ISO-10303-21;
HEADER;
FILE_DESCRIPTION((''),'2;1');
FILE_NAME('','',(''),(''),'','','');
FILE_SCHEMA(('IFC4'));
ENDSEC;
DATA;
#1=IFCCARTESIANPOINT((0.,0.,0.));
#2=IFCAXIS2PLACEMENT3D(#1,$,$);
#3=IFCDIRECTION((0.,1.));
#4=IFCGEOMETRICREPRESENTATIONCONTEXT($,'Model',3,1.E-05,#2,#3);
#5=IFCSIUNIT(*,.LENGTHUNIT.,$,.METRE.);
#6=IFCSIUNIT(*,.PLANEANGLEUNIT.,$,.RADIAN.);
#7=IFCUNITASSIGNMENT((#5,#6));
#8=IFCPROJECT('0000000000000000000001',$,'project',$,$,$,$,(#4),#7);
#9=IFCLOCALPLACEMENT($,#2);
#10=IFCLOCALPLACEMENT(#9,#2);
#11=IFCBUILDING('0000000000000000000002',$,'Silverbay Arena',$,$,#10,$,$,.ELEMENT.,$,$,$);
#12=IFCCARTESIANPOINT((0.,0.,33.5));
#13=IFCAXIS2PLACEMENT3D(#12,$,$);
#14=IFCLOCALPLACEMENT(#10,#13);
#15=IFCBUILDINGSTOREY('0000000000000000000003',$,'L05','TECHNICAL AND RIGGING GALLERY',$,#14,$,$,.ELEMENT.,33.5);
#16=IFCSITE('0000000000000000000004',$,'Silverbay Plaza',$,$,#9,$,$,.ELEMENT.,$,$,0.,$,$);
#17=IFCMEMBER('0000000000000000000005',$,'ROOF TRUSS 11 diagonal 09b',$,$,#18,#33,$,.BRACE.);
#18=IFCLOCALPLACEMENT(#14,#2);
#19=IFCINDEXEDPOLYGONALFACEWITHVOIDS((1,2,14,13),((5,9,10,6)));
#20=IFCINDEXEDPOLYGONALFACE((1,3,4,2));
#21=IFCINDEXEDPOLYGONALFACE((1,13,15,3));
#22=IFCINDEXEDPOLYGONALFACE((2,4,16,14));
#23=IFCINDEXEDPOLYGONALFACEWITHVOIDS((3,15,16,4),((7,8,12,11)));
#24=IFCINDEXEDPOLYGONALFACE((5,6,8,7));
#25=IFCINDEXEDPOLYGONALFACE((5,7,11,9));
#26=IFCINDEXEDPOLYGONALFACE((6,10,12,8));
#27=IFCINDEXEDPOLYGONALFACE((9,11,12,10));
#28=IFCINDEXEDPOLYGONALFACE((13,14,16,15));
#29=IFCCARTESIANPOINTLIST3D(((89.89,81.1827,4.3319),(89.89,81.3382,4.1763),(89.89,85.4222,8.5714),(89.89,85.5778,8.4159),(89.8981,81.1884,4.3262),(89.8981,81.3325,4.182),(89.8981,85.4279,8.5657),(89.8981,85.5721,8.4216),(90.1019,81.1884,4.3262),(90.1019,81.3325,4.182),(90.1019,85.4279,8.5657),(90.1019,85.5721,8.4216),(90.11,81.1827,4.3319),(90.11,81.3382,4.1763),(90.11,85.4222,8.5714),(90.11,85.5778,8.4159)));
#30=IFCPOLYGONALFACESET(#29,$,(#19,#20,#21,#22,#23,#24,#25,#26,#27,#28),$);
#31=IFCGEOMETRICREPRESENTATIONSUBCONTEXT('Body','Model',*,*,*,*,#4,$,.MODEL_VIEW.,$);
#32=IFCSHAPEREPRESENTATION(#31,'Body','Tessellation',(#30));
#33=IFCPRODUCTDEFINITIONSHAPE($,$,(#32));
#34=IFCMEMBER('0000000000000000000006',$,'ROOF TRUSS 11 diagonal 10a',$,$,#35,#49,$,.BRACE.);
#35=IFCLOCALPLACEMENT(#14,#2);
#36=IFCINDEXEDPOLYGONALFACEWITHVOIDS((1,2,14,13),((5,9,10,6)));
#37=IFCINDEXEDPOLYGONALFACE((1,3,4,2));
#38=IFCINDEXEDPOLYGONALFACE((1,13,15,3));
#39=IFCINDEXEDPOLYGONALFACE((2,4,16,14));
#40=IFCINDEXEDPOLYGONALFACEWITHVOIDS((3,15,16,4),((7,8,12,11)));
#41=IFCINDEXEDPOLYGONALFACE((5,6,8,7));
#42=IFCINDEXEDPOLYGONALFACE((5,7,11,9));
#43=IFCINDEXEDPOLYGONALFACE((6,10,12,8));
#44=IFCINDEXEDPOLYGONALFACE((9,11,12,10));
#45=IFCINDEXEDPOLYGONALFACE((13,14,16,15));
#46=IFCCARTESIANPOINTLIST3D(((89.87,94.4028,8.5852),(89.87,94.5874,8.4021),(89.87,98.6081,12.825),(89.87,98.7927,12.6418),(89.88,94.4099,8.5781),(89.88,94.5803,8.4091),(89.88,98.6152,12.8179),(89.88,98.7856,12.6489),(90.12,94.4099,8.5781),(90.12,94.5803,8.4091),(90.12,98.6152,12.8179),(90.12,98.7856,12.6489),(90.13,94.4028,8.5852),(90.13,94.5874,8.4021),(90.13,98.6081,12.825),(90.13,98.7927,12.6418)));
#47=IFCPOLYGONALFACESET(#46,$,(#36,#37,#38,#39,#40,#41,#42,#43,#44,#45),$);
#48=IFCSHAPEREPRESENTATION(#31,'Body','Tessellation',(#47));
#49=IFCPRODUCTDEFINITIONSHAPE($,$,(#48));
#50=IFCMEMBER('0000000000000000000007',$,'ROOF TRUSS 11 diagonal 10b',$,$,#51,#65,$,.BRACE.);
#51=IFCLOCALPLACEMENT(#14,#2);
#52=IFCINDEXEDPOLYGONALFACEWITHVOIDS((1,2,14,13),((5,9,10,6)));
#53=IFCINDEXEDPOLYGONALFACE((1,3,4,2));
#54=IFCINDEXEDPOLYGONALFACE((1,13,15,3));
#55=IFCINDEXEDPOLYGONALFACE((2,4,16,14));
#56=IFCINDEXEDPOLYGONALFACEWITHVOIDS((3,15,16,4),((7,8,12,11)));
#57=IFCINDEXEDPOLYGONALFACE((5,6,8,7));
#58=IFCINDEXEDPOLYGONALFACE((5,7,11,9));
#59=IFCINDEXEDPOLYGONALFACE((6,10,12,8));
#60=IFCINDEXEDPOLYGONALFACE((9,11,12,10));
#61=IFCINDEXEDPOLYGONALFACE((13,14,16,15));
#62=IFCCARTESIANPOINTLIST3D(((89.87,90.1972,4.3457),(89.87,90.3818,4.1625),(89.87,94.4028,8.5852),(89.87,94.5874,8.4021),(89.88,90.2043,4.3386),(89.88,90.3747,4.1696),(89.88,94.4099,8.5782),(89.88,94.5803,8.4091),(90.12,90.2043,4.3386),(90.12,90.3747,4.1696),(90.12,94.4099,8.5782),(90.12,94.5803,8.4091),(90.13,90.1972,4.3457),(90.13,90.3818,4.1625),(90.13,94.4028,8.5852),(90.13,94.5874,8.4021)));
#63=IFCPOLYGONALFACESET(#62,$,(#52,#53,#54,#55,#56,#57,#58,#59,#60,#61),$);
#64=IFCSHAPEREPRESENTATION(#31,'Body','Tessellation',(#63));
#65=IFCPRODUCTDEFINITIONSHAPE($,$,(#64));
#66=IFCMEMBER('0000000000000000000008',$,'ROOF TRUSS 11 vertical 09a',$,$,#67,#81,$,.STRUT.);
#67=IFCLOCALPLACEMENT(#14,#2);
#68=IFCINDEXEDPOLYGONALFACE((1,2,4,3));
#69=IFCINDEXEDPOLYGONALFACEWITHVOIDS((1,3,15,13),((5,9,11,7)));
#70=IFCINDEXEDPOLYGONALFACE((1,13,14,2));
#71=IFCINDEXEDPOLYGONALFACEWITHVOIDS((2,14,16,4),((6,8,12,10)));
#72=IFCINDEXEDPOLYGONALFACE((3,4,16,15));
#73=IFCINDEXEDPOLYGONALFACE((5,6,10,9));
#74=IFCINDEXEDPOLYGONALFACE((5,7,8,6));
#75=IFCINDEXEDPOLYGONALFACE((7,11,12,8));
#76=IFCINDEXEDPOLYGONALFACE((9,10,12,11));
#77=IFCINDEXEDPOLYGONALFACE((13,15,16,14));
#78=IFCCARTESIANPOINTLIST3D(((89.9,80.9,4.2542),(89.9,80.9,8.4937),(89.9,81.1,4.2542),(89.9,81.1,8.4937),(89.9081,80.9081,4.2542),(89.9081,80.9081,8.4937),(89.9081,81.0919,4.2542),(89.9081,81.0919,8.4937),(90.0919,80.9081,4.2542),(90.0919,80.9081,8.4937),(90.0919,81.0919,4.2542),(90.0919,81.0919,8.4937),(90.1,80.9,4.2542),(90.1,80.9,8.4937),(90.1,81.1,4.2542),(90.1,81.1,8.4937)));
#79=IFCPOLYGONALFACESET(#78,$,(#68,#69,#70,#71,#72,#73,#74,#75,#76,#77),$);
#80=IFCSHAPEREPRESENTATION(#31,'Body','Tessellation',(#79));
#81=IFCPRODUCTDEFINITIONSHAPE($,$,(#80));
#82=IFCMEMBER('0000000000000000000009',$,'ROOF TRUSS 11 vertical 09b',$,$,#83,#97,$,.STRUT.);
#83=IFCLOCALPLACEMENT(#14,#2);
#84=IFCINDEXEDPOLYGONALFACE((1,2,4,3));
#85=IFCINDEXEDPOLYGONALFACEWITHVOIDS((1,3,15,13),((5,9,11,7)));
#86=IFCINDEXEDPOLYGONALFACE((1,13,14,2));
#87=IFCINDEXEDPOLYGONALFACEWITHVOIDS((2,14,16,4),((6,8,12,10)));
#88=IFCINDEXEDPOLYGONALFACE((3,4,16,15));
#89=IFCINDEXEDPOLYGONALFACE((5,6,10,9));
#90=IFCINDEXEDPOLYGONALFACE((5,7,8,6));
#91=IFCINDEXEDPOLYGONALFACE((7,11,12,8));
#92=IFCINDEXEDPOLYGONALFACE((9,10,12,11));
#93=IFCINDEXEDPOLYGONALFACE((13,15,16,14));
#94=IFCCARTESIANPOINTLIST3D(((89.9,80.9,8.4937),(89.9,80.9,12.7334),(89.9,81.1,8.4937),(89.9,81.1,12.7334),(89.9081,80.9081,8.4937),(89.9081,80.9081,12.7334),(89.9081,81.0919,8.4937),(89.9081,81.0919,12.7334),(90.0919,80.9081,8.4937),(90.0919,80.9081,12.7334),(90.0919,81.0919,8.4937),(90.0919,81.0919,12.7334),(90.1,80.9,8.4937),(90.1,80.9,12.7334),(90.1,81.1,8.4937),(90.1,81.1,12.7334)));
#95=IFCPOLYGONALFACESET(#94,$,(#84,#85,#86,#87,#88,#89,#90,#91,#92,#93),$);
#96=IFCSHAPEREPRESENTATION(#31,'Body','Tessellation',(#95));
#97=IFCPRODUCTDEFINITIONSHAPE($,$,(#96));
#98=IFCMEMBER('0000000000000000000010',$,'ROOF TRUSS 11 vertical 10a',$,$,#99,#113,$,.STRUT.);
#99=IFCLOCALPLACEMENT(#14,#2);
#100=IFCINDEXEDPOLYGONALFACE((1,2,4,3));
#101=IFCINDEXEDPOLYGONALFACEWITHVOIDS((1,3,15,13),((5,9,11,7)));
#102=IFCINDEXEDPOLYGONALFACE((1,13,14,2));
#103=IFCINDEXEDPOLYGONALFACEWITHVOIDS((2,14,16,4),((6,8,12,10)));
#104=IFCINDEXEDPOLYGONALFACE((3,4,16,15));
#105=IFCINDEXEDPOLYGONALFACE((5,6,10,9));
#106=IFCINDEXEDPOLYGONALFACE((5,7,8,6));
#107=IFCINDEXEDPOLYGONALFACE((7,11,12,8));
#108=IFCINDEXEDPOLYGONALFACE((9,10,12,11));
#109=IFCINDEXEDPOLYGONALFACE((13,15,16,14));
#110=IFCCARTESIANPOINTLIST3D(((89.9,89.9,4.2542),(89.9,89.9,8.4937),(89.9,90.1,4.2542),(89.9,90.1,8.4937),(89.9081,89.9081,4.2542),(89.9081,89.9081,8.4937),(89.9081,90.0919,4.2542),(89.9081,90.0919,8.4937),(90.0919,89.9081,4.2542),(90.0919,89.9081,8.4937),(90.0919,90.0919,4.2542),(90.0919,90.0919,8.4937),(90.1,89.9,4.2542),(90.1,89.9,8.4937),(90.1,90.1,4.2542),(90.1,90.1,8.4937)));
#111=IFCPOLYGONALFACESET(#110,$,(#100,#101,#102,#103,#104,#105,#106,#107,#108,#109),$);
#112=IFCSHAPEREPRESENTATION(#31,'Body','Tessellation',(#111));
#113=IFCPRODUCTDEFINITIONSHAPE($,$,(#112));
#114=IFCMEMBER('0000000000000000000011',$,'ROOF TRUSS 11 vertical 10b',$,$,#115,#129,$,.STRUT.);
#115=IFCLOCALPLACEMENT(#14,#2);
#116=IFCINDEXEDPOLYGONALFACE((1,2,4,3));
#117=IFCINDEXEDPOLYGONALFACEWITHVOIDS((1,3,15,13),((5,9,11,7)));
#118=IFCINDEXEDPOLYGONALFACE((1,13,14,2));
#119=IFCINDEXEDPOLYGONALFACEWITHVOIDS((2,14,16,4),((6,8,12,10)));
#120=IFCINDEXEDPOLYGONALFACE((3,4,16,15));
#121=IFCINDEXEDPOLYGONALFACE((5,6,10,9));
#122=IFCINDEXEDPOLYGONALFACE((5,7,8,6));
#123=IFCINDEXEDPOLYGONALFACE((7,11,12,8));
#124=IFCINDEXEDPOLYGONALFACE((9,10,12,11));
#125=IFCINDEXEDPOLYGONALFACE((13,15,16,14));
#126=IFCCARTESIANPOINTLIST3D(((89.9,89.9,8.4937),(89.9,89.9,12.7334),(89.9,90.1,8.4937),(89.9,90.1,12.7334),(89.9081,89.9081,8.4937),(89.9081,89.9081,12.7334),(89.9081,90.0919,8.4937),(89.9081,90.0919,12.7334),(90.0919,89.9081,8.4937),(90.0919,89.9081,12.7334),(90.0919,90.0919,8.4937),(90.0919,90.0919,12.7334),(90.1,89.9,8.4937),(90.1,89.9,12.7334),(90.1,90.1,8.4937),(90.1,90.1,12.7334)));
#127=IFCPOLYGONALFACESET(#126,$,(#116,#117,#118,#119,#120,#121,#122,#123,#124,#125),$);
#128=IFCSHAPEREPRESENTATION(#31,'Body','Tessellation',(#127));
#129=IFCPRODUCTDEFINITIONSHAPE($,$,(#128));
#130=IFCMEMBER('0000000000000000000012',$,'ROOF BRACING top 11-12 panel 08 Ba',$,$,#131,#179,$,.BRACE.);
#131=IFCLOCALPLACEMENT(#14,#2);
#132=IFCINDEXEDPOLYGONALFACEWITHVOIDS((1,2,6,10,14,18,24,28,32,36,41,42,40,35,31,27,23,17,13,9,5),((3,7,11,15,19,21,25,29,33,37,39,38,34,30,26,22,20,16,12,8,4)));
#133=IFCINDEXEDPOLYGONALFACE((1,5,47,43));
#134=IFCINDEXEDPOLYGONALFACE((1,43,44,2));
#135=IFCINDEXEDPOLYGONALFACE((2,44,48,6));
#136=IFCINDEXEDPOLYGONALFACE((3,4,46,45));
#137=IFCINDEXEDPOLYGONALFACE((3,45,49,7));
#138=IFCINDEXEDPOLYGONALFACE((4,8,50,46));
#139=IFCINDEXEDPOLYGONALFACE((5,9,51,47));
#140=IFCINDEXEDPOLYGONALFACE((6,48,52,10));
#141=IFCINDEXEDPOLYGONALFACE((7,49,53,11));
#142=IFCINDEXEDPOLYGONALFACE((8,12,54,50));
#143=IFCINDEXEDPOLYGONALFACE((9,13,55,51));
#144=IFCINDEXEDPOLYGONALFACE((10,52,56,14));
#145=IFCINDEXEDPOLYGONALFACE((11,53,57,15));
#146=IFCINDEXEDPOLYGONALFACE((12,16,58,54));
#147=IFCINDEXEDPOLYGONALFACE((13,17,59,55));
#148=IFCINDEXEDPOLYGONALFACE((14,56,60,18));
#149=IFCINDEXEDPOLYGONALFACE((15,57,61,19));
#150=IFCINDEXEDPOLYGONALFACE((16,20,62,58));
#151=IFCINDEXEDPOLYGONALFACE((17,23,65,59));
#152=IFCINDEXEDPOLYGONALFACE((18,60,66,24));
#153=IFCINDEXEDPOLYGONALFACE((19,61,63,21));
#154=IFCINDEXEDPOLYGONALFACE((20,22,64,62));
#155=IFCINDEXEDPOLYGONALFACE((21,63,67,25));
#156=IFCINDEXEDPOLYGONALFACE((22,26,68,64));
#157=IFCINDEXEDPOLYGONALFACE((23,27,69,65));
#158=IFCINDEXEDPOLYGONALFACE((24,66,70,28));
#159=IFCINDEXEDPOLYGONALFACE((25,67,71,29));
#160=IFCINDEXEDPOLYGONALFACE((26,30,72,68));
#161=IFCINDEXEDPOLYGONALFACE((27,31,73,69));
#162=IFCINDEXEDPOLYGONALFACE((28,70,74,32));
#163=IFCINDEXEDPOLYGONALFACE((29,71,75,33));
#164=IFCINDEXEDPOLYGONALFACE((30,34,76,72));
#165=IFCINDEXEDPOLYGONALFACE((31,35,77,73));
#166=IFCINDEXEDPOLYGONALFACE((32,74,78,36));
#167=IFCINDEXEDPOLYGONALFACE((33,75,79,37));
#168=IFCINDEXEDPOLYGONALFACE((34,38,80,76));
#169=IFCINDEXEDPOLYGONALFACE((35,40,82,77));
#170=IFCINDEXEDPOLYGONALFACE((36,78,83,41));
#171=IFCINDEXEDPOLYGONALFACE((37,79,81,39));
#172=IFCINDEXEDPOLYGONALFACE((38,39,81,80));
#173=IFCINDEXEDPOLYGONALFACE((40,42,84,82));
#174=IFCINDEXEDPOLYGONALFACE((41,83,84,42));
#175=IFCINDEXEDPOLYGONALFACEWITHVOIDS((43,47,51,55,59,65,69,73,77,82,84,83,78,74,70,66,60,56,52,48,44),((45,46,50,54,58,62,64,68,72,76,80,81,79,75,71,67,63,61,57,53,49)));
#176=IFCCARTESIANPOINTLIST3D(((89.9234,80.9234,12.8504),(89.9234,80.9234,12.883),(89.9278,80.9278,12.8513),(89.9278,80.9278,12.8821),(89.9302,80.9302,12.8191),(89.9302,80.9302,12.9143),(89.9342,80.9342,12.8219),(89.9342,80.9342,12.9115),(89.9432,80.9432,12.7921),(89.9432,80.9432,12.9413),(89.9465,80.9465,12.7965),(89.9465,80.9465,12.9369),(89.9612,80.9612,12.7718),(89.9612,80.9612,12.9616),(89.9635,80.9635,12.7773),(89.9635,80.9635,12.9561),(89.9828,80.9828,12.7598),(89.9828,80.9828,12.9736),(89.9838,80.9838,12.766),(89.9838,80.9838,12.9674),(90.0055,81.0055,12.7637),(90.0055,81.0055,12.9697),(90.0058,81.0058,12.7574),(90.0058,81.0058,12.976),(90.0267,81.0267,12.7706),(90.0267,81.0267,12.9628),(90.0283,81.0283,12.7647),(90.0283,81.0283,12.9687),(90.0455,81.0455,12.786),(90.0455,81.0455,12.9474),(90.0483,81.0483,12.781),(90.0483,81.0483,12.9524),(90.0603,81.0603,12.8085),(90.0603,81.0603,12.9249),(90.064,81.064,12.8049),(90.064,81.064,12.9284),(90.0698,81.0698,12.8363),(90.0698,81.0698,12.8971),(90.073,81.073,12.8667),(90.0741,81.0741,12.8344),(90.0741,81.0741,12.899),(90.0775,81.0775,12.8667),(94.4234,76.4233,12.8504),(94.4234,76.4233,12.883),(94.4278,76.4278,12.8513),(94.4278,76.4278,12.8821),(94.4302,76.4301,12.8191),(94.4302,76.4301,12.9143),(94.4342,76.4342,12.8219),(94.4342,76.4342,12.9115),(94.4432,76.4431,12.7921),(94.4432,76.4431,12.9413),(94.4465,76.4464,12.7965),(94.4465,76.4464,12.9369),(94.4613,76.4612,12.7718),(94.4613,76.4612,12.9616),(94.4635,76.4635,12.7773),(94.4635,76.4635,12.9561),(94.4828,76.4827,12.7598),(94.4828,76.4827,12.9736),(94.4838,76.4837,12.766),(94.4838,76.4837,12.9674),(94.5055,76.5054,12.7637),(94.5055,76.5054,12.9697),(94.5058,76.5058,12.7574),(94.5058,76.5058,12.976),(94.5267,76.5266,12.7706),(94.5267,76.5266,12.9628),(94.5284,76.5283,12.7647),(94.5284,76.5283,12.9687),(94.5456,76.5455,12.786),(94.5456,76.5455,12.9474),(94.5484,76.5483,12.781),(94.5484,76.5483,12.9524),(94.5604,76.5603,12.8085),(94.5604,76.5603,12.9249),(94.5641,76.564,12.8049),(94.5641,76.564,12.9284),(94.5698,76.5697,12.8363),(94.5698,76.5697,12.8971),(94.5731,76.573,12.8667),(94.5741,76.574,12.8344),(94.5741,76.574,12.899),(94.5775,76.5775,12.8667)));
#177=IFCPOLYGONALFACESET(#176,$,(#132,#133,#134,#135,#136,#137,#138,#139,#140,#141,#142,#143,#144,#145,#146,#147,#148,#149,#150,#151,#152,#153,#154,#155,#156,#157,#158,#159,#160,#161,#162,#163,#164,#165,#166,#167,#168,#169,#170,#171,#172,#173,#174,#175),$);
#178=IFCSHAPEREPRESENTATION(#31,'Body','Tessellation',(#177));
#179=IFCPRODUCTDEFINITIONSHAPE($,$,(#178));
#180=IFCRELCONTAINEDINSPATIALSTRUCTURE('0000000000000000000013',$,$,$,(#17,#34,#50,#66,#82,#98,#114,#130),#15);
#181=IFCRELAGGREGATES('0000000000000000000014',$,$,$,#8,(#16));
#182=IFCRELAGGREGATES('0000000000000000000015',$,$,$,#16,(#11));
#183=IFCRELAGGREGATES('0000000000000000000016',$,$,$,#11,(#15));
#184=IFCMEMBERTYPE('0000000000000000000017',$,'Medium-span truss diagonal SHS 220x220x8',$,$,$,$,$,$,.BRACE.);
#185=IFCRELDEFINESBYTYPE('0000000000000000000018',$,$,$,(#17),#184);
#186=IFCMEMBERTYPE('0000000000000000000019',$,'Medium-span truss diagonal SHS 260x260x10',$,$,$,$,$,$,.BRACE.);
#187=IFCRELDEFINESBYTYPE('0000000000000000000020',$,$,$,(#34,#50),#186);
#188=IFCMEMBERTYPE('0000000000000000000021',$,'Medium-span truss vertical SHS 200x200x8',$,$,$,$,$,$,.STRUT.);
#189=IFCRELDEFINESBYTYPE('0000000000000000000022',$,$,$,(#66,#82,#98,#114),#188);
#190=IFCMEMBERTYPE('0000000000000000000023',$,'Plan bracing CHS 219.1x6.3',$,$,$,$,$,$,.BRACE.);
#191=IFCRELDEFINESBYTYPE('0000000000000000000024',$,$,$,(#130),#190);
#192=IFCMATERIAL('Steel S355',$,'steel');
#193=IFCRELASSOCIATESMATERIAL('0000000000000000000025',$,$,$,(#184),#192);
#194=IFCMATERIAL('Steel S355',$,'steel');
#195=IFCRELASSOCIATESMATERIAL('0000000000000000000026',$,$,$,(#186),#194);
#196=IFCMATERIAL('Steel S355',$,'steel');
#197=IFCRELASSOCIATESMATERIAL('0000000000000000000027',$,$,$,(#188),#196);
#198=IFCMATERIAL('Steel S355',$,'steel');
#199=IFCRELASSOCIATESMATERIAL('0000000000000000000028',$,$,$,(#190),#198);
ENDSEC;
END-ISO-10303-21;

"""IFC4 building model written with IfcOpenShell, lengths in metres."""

from ifc_helpers import new_model, si_unit, direction, frame, origin, origin_2d, place, context, subcontext, project, spatial, hollow_rectangle, hollow_circle, extrude, material, material_profile, profile_set, type_object, element, save


model = new_model("IFC4")

# Units and contexts
model_context = context("Model", 3, precision=1e-05, world=origin(), true_north=direction((0.0, 1.0)))
body_context = subcontext(model_context, "Body", "Model", "MODEL_VIEW")
ifc_project = project(units=[si_unit("LENGTHUNIT", "METRE"), si_unit("PLANEANGLEUNIT", "RADIAN")], contexts=[model_context])

# Site, building, storey
site_placement = place(None, origin())
site = spatial("IfcSite", under=ifc_project, at=site_placement, Name="Silverbay Plaza", CompositionType="ELEMENT", RefElevation=0.0)
building_placement = place(site_placement, origin())
building = spatial("IfcBuilding", under=site, at=building_placement, Name="Silverbay Arena", CompositionType="ELEMENT")
storey_placement = place(building_placement, frame((0.0, 0.0, 33.5)))
storey = spatial("IfcBuildingStorey", under=building, at=storey_placement, Name="L05", Description="TECHNICAL AND RIGGING GALLERY", CompositionType="ELEMENT", Elevation=33.5)

# Members
ifc_material_1 = material(Name="Steel S355", Category="steel")
ifc_material_profile_1 = material_profile(ifc_material_1, hollow_rectangle(XDim=0.22, YDim=0.22, WallThickness=0.0081, at=origin_2d()), Name="SHS 220x220x8")
ifc_profile_set_1 = profile_set([ifc_material_profile_1], Name="Steel S355")
member_type_1 = type_object("IfcMemberType", Name="Medium-span truss diagonal SHS 220x220x8", PredefinedType="BRACE", material=ifc_profile_set_1)
member_1_placement = place(storey_placement, frame((90.0, 85.5, 8.4937), z_axis=(0.0, -0.707107, -0.707107), x_axis=(1.0, 0.0, 0.0)))
element("IfcMember", 1, at=member_1_placement, inside=storey, type_object=member_type_1, Name="ROOF TRUSS 11 diagonal 09b", PredefinedType="BRACE", context=body_context, shape_type="SweptSolid", body=[
    extrude(hollow_rectangle(XDim=0.22, YDim=0.22, WallThickness=0.0081, at=origin_2d()), origin(), (0.0, 0.0, 1.0), 5.9956),
])
ifc_material_2 = material(Name="Steel S355", Category="steel")
ifc_material_profile_2 = material_profile(ifc_material_2, hollow_rectangle(XDim=0.26, YDim=0.26, WallThickness=0.01, at=origin_2d()), Name="SHS 260x260x10")
ifc_profile_set_2 = profile_set([ifc_material_profile_2], Name="Steel S355")
member_type_2 = type_object("IfcMemberType", Name="Medium-span truss diagonal SHS 260x260x10", PredefinedType="BRACE", material=ifc_profile_set_2)
for number, where, z_axis, x_axis, name in (
    (2, (90.0, 98.7004, 12.7334), (0.0, -0.704219, -0.709983), (1.0, 0.0, 0.0), "ROOF TRUSS 11 diagonal 10a"),
    (3, (90.0, 94.4951, 8.4937), (0.0, -0.70426, -0.709942), (1.0, 0.0, 0.0), "ROOF TRUSS 11 diagonal 10b"),
):
    element("IfcMember", number, at=place(storey_placement, frame(where, z_axis=z_axis, x_axis=x_axis)), inside=storey, type_object=member_type_2, Name=name, PredefinedType="BRACE", context=body_context, shape_type="SweptSolid", body=[
        extrude(hollow_rectangle(XDim=0.26, YDim=0.26, WallThickness=0.01, at=origin_2d()), origin(), (0.0, 0.0, 1.0), 5.9717),
    ])
ifc_material_3 = material(Name="Steel S355", Category="steel")
ifc_material_profile_3 = material_profile(ifc_material_3, hollow_rectangle(XDim=0.2, YDim=0.2, WallThickness=0.0081, at=origin_2d()), Name="SHS 200x200x8")
ifc_profile_set_3 = profile_set([ifc_material_profile_3], Name="Steel S355")
member_type_3 = type_object("IfcMemberType", Name="Medium-span truss vertical SHS 200x200x8", PredefinedType="STRUT", material=ifc_profile_set_3)
member_2_placement = place(storey_placement, frame((90.0, 81.0, 4.2542), z_axis=(0.0, 0.0, 1.0), x_axis=(1.0, 0.0, 0.0)))
element("IfcMember", 4, at=member_2_placement, inside=storey, type_object=member_type_3, Name="ROOF TRUSS 11 vertical 09a", PredefinedType="STRUT", context=body_context, shape_type="SweptSolid", body=[
    extrude(hollow_rectangle(XDim=0.2, YDim=0.2, WallThickness=0.0081, at=origin_2d()), origin(), (0.0, 0.0, 1.0), 4.2395),
])
member_3_placement = place(storey_placement, frame((90.0, 81.0, 8.4937), z_axis=(0.0, 0.0, 1.0), x_axis=(1.0, 0.0, 0.0)))
element("IfcMember", 5, at=member_3_placement, inside=storey, type_object=member_type_3, Name="ROOF TRUSS 11 vertical 09b", PredefinedType="STRUT", context=body_context, shape_type="SweptSolid", body=[
    extrude(hollow_rectangle(XDim=0.2, YDim=0.2, WallThickness=0.0081, at=origin_2d()), origin(), (0.0, 0.0, 1.0), 4.2397),
])
member_4_placement = place(storey_placement, frame((90.0, 90.0, 4.2542), z_axis=(0.0, 0.0, 1.0), x_axis=(1.0, 0.0, 0.0)))
element("IfcMember", 6, at=member_4_placement, inside=storey, type_object=member_type_3, Name="ROOF TRUSS 11 vertical 10a", PredefinedType="STRUT", context=body_context, shape_type="SweptSolid", body=[
    extrude(hollow_rectangle(XDim=0.2, YDim=0.2, WallThickness=0.0081, at=origin_2d()), origin(), (0.0, 0.0, 1.0), 4.2395),
])
member_5_placement = place(storey_placement, frame((90.0, 90.0, 8.4937), z_axis=(0.0, 0.0, 1.0), x_axis=(1.0, 0.0, 0.0)))
element("IfcMember", 7, at=member_5_placement, inside=storey, type_object=member_type_3, Name="ROOF TRUSS 11 vertical 10b", PredefinedType="STRUT", context=body_context, shape_type="SweptSolid", body=[
    extrude(hollow_rectangle(XDim=0.2, YDim=0.2, WallThickness=0.0081, at=origin_2d()), origin(), (0.0, 0.0, 1.0), 4.2397),
])
ifc_material_4 = material(Name="Steel S355", Category="steel")
ifc_material_profile_4 = material_profile(ifc_material_4, hollow_circle(Radius=0.1096, WallThickness=0.0063, at=origin_2d()), Name="CHS 219.1x6.3")
ifc_profile_set_4 = profile_set([ifc_material_profile_4], Name="Steel S355")
member_type_4 = type_object("IfcMemberType", Name="Plan bracing CHS 219.1x6.3", PredefinedType="BRACE", material=ifc_profile_set_4)
for number, where, z_axis, x_axis, name in (
    (8, (90.0, 81.0, 12.8667), (0.707107, -0.707107, 0.0), (0.707107, 0.707107, 0.0), "ROOF BRACING top 11-12 panel 08 Ba"),
):
    element("IfcMember", number, at=place(storey_placement, frame(where, z_axis=z_axis, x_axis=x_axis)), inside=storey, type_object=member_type_4, Name=name, PredefinedType="BRACE", context=body_context, shape_type="SweptSolid", body=[
        extrude(hollow_circle(Radius=0.1096, WallThickness=0.0063, at=origin_2d()), origin(), (0.0, 0.0, 1.0), 6.364),
    ])

save(model, "model.ifc")
